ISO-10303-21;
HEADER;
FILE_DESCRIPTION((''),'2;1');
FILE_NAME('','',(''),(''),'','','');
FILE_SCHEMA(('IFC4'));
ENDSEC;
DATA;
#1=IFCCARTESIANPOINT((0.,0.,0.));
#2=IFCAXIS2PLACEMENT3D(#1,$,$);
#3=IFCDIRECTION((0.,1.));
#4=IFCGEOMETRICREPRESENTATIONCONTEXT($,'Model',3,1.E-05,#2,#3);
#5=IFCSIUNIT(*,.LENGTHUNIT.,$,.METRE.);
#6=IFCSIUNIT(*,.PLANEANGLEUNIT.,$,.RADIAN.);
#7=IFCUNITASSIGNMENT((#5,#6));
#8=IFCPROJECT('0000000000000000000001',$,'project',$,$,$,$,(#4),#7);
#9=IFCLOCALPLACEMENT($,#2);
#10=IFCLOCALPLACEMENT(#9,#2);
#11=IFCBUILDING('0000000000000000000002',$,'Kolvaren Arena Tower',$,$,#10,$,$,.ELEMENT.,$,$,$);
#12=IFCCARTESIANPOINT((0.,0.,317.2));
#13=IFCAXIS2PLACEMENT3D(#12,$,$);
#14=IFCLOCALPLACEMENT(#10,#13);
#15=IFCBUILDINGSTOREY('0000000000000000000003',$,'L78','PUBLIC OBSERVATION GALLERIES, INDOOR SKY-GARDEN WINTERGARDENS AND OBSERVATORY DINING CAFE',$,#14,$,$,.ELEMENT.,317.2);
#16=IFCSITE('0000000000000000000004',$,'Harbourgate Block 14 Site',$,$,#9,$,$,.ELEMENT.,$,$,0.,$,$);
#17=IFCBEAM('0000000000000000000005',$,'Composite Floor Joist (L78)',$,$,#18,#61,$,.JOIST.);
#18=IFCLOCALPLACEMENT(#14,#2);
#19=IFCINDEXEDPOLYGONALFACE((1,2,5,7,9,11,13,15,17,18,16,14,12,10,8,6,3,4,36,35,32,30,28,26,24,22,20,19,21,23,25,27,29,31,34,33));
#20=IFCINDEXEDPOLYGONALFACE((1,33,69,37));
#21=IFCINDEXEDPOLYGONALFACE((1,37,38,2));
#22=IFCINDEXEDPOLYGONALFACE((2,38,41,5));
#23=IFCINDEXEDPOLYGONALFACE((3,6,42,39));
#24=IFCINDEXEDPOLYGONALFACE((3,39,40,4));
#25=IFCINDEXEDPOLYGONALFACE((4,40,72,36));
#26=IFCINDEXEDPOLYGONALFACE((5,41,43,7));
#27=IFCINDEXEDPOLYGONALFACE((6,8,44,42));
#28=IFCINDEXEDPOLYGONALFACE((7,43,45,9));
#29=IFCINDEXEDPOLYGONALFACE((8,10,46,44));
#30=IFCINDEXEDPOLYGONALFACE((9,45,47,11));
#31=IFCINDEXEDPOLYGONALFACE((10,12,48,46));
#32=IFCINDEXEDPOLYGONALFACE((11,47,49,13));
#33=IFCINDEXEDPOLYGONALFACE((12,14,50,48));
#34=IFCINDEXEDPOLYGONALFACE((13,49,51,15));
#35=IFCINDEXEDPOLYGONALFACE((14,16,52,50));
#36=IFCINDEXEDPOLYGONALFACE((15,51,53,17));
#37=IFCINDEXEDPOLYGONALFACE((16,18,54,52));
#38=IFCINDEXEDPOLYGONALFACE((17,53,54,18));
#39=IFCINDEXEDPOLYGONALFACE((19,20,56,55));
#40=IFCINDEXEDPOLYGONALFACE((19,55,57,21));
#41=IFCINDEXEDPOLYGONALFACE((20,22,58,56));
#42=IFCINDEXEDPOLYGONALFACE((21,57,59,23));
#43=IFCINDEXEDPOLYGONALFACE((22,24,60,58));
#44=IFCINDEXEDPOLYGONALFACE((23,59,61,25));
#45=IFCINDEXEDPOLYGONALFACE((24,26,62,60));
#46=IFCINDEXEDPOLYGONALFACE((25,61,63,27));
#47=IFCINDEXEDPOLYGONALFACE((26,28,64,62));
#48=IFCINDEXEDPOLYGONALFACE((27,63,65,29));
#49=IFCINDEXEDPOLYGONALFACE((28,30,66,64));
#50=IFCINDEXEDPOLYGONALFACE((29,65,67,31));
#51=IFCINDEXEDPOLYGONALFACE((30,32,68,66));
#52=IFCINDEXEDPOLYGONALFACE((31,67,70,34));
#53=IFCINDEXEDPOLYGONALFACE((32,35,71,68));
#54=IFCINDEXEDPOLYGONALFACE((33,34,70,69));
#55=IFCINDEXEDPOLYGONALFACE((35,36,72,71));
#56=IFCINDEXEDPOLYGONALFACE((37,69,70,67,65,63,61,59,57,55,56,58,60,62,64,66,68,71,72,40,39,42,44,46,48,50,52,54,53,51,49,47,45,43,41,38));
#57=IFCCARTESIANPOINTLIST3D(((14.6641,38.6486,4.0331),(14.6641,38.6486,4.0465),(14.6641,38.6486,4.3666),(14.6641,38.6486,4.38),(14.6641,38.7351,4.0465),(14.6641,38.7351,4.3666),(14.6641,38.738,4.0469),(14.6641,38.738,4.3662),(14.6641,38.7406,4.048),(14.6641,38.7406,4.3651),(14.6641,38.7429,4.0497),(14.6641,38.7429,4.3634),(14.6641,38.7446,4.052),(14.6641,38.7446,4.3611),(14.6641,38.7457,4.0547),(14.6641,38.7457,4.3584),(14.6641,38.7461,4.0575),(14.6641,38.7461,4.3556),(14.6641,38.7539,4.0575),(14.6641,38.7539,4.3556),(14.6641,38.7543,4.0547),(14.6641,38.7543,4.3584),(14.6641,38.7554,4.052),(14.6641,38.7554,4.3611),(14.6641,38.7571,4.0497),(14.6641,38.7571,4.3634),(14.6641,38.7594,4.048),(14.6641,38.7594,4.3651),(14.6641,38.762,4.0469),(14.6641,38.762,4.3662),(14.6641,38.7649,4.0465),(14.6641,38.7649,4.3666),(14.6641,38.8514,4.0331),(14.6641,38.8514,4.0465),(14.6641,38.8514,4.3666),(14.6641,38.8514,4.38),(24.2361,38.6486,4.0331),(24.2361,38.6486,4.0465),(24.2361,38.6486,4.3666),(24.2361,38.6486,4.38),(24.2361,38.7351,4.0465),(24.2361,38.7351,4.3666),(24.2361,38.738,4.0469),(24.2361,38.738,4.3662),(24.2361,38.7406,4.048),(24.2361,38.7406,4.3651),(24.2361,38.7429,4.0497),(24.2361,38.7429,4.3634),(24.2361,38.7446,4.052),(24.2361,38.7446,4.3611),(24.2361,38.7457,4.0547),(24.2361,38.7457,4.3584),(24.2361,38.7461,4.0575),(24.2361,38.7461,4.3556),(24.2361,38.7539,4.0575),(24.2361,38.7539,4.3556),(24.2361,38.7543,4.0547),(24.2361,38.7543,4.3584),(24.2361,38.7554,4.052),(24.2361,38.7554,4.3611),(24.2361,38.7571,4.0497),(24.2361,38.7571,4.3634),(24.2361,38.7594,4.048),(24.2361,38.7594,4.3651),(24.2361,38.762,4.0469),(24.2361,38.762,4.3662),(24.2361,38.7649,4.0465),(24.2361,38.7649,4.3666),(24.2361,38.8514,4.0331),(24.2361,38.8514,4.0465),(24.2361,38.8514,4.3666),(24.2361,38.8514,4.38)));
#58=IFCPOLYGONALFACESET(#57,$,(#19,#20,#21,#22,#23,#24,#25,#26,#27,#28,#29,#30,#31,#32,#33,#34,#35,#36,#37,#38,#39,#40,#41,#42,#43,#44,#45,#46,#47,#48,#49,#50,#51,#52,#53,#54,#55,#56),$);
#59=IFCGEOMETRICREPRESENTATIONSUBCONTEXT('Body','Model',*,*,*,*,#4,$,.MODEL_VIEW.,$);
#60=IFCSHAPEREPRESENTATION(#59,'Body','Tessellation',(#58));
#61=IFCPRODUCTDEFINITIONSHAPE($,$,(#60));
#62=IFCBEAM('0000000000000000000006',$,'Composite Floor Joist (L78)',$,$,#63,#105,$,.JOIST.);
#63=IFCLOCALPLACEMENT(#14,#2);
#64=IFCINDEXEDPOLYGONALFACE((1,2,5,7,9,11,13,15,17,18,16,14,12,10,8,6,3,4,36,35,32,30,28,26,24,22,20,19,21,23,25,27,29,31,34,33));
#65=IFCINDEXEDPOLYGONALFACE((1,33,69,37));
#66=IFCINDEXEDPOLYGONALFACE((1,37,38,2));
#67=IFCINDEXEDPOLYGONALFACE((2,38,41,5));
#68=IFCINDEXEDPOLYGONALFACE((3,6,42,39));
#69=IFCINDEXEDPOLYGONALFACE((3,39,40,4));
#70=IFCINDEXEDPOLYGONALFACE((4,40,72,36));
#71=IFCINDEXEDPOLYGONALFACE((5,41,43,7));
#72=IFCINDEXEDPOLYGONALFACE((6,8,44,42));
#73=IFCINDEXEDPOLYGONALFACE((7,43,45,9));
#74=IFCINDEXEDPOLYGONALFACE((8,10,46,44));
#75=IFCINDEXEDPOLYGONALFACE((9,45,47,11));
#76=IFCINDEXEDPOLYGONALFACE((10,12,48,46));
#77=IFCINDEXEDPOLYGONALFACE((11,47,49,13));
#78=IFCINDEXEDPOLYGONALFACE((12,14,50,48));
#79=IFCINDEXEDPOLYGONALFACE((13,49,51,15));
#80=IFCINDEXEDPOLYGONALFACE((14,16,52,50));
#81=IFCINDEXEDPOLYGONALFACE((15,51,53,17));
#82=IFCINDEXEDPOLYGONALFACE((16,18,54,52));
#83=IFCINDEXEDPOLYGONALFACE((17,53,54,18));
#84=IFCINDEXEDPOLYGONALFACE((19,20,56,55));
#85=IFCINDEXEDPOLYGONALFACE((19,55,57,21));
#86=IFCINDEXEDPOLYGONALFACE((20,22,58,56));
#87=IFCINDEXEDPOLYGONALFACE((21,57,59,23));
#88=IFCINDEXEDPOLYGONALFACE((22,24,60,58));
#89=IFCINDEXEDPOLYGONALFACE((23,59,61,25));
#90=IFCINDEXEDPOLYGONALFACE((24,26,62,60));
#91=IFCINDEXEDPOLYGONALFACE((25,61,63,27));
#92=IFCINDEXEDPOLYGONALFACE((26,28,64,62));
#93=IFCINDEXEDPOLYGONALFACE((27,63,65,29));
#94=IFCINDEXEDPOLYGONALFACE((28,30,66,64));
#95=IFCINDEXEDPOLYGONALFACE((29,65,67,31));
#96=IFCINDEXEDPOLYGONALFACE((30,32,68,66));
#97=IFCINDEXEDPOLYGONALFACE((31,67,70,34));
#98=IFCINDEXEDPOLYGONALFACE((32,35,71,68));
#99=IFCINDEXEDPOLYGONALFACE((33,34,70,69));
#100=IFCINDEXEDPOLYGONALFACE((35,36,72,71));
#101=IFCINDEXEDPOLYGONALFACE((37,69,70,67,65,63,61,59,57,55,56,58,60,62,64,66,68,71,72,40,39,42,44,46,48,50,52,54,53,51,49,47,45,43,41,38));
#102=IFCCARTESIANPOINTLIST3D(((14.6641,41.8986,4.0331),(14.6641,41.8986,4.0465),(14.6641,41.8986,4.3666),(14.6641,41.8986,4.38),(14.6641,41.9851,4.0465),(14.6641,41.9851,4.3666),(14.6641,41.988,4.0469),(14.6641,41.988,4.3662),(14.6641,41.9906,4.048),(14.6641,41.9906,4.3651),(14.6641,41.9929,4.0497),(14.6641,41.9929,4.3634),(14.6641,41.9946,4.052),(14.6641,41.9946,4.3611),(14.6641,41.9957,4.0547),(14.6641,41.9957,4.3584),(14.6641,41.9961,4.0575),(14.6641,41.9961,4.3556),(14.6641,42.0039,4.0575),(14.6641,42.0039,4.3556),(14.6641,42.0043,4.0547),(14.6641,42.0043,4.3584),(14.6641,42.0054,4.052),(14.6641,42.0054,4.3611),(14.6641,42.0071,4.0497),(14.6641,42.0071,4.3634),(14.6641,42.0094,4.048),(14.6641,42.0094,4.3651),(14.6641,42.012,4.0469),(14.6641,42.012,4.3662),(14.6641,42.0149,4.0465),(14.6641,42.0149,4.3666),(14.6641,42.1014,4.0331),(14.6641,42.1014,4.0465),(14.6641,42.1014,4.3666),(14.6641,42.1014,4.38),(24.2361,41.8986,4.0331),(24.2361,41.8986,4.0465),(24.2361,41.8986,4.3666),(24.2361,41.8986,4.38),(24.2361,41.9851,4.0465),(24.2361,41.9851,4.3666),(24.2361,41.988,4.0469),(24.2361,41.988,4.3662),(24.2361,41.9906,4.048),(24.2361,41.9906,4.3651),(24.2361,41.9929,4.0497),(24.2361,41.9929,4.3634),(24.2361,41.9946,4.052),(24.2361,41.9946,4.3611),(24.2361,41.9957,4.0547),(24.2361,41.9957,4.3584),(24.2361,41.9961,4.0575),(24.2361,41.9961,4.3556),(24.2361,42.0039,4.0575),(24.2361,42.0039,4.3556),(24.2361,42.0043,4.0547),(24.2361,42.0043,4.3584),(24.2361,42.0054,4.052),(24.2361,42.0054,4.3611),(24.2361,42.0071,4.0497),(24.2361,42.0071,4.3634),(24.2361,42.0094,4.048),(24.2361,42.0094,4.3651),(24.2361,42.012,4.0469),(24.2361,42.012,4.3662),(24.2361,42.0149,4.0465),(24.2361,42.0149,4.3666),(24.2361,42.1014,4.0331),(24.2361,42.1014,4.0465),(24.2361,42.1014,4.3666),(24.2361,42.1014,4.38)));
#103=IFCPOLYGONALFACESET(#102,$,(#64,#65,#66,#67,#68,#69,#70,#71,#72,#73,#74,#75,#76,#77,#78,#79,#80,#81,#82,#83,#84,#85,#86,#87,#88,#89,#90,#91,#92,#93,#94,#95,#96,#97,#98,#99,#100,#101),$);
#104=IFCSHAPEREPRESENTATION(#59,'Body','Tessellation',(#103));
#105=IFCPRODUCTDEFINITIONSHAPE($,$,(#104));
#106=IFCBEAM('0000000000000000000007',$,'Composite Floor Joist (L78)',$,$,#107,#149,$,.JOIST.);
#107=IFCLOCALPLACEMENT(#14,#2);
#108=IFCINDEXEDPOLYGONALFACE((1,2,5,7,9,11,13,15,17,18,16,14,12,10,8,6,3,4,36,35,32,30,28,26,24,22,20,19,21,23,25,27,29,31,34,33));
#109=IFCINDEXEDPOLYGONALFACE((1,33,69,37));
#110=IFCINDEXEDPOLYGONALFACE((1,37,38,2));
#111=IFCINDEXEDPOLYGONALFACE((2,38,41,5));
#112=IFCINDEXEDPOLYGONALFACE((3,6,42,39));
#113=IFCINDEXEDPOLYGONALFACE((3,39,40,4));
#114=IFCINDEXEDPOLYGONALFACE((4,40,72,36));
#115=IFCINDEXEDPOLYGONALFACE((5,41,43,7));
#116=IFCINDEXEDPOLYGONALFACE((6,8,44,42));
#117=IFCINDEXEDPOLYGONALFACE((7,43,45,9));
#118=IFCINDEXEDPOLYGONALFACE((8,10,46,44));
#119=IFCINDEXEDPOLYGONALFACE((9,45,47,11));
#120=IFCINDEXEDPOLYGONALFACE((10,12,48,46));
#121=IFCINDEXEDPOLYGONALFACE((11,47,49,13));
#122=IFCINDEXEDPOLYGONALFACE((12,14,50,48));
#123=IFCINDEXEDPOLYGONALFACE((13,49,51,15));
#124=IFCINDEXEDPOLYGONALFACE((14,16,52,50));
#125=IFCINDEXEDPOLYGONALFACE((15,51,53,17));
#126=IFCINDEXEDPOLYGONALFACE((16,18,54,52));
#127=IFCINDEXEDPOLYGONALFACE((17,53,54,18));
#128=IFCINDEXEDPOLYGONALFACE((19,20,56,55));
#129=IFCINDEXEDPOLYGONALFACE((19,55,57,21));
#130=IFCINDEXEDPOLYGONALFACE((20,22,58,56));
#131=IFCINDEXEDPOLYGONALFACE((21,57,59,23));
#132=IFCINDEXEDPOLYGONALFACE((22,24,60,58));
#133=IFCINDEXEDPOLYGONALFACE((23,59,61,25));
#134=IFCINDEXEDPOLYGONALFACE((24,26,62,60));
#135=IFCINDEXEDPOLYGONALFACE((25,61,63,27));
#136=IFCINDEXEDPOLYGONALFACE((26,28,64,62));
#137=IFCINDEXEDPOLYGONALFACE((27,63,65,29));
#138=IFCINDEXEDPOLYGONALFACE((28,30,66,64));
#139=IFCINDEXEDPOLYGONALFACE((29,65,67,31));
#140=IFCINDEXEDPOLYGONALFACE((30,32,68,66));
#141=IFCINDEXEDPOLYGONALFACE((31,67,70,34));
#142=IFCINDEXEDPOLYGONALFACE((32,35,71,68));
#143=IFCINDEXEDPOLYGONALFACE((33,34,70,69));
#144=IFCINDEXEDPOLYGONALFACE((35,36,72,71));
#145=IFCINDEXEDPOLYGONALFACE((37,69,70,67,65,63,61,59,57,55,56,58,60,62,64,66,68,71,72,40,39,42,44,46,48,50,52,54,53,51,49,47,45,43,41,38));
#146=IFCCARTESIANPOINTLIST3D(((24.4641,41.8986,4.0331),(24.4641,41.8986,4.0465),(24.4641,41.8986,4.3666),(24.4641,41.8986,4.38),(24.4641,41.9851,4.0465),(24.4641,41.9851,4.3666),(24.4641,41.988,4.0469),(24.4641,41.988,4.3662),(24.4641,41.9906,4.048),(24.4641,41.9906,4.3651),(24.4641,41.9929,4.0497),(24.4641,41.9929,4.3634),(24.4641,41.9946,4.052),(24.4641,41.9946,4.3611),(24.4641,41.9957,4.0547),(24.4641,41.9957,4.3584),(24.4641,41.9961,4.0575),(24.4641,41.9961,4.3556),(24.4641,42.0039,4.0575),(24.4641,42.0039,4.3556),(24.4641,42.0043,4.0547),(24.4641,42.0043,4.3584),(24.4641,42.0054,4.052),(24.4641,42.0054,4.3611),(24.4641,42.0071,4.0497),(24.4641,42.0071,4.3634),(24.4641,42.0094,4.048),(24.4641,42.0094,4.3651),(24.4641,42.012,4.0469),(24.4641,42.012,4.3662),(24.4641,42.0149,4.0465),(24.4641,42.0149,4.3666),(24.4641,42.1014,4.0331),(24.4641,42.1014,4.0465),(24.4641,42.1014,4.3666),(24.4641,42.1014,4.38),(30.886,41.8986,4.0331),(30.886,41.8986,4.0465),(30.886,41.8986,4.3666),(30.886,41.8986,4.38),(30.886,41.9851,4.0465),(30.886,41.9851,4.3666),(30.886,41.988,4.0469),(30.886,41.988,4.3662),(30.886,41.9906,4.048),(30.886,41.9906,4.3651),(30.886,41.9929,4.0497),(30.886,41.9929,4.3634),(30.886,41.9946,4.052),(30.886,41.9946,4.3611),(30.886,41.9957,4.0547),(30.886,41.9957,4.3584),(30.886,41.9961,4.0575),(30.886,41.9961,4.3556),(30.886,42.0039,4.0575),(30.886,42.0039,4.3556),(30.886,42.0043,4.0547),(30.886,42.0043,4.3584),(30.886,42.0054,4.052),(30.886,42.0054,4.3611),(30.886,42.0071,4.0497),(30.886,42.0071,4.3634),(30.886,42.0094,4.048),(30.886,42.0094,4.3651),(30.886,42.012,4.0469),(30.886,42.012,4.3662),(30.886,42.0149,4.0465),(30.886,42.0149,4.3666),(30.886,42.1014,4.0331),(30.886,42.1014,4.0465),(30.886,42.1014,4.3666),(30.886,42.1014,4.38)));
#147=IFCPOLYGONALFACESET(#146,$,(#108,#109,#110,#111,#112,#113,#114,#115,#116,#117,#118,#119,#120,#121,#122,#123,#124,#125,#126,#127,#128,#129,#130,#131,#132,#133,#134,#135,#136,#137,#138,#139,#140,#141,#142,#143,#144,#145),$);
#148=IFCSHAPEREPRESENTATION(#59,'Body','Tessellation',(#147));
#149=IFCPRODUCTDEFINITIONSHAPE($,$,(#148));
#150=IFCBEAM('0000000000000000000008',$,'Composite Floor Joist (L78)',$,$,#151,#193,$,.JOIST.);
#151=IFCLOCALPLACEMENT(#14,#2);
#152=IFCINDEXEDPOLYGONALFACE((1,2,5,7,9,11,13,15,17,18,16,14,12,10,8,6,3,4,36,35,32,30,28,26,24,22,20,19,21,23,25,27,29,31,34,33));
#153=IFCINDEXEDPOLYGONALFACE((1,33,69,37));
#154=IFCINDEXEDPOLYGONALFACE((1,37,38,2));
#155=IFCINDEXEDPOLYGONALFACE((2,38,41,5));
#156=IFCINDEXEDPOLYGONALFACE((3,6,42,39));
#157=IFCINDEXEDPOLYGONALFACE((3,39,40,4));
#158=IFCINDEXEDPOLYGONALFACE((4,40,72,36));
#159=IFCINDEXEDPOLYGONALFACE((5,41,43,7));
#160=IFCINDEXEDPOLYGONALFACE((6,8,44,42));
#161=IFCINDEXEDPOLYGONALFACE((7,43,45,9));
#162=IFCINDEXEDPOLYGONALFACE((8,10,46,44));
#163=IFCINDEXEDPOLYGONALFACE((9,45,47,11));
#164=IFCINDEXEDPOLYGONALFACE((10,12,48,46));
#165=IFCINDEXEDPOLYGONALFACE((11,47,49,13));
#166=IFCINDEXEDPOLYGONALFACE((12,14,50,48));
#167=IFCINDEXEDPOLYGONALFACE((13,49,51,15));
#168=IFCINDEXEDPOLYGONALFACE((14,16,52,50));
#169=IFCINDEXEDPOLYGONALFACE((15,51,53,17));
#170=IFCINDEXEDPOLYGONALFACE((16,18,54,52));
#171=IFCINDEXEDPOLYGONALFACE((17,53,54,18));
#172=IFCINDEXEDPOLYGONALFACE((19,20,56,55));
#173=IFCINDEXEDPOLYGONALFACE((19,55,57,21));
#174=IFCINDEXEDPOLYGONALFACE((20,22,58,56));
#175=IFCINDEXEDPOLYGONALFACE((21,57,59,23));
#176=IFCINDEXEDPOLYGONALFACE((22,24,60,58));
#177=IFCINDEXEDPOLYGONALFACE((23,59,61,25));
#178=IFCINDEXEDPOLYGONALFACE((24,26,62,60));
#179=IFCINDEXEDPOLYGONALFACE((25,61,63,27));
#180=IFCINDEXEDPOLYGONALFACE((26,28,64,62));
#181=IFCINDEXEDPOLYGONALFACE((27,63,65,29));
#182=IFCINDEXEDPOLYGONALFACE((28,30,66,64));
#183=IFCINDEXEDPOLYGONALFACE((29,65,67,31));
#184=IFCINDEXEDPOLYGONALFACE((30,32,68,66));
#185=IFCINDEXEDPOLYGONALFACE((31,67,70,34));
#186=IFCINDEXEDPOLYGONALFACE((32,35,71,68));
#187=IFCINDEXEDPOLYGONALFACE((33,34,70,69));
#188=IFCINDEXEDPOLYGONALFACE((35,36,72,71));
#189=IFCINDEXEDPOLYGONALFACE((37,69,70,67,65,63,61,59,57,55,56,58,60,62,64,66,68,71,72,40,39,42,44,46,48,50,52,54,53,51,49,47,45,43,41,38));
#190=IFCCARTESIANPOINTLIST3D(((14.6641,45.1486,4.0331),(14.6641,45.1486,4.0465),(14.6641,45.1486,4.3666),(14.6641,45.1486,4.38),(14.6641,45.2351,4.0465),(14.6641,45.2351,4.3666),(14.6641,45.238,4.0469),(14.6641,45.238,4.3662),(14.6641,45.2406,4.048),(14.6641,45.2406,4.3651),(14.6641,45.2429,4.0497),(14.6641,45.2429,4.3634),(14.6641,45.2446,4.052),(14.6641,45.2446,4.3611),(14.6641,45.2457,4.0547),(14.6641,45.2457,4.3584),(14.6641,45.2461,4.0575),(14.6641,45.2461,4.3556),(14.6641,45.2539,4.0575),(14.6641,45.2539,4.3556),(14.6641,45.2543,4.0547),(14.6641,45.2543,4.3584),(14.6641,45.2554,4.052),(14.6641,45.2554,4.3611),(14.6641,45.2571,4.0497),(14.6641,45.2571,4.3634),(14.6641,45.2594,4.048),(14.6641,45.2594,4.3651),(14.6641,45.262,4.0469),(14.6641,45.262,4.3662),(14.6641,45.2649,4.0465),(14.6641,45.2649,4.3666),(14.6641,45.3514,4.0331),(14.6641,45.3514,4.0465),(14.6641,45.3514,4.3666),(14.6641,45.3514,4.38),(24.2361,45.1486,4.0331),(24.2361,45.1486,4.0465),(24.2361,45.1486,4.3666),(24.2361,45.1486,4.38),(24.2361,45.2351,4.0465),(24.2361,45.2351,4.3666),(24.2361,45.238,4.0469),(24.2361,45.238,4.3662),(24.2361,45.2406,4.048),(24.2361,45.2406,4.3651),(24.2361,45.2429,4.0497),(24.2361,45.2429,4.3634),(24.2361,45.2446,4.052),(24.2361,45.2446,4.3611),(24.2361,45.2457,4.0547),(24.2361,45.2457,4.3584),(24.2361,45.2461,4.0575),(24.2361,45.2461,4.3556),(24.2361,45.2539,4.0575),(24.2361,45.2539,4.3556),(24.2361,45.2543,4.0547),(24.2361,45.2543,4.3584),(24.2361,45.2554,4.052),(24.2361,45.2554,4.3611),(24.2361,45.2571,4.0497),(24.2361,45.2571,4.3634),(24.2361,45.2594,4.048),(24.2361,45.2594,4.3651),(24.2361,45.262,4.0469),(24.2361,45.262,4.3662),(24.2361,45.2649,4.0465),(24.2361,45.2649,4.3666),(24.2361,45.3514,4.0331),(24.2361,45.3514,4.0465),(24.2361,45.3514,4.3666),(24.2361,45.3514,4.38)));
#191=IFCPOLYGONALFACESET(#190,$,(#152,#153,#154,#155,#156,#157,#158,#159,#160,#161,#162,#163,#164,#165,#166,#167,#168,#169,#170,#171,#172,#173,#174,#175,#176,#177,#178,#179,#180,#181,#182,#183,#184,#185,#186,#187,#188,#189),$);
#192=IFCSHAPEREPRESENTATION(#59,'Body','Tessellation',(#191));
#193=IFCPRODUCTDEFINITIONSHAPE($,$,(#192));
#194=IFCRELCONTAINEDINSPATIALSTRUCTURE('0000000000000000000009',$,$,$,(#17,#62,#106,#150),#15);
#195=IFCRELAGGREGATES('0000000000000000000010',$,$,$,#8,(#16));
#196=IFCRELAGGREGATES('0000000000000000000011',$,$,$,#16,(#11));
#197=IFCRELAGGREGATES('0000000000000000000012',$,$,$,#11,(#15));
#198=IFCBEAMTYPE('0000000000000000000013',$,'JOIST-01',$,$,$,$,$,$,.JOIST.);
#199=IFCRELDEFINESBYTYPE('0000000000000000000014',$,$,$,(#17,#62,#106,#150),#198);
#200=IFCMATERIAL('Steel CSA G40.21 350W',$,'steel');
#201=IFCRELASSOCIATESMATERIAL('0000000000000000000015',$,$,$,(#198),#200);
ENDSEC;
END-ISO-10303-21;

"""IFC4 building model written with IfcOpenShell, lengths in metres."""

from ifc_helpers import new_model, si_unit, direction, frame, origin, origin_2d, place, context, subcontext, project, spatial, i_section, extrude, material, material_profile, profile_set, type_object, element, save


model = new_model("IFC4")

# Units and contexts
model_context = context("Model", 3, precision=1e-05, world=origin(), true_north=direction((0.0, 1.0)))
body_context = subcontext(model_context, "Body", "Model", "MODEL_VIEW")
ifc_project = project(units=[si_unit("LENGTHUNIT", "METRE"), si_unit("PLANEANGLEUNIT", "RADIAN")], contexts=[model_context])

# Site, building, storey
site_placement = place(None, origin())
site = spatial("IfcSite", under=ifc_project, at=site_placement, Name="Harbourgate Block 14 Site", CompositionType="ELEMENT", RefElevation=0.0)
building_placement = place(site_placement, origin())
building = spatial("IfcBuilding", under=site, at=building_placement, Name="Kolvaren Arena Tower", CompositionType="ELEMENT")
storey_placement = place(building_placement, frame((0.0, 0.0, 317.2)))
storey = spatial("IfcBuildingStorey", under=building, at=storey_placement, Name="L78", Description="PUBLIC OBSERVATION GALLERIES, INDOOR SKY-GARDEN WINTERGARDENS AND OBSERVATORY DINING CAFE", CompositionType="ELEMENT", Elevation=317.2)

# Beams
ifc_material_1 = material(Name="Steel CSA G40.21 350W", Category="steel")
ifc_material_profile_1 = material_profile(ifc_material_1, i_section(OverallWidth=0.2029, OverallDepth=0.3469, WebThickness=0.0078, FlangeThickness=0.0134, FilletRadius=0.011, at=origin_2d()), Name="W360x64")
ifc_profile_set_1 = profile_set([ifc_material_profile_1], Name="Steel CSA G40.21 350W")
beam_type_1 = type_object("IfcBeamType", Name="JOIST-01", PredefinedType="JOIST", material=ifc_profile_set_1)
for number, where, z_axis, x_axis, name in (
    (1, (14.6641, 38.75, 4.2065), (1.0, 0.0, 0.0), (0.0, 1.0, 0.0), "Composite Floor Joist (L78)"),
    (2, (14.6641, 42.0, 4.2065), (1.0, 0.0, 0.0), (0.0, 1.0, 0.0), "Composite Floor Joist (L78)"),
):
    element("IfcBeam", number, at=place(storey_placement, frame(where, z_axis=z_axis, x_axis=x_axis)), inside=storey, type_object=beam_type_1, Name=name, PredefinedType="JOIST", context=body_context, shape_type="SweptSolid", body=[
        extrude(i_section(OverallWidth=0.2029, OverallDepth=0.3469, WebThickness=0.0078, FlangeThickness=0.0134, FilletRadius=0.011, at=origin_2d()), origin(), (0.0, 0.0, 1.0), 9.572),
    ])
beam_1_placement = place(storey_placement, frame((24.4641, 42.0, 4.2065), z_axis=(1.0, 0.0, 0.0), x_axis=(0.0, 1.0, 0.0)))
element("IfcBeam", 3, at=beam_1_placement, inside=storey, type_object=beam_type_1, Name="Composite Floor Joist (L78)", PredefinedType="JOIST", context=body_context, shape_type="SweptSolid", body=[
    extrude(i_section(OverallWidth=0.2029, OverallDepth=0.3469, WebThickness=0.0078, FlangeThickness=0.0134, FilletRadius=0.011, at=origin_2d()), origin(), (0.0, 0.0, 1.0), 6.4219),
])
beam_2_placement = place(storey_placement, frame((14.6641, 45.25, 4.2065), z_axis=(1.0, 0.0, 0.0), x_axis=(0.0, 1.0, 0.0)))
element("IfcBeam", 4, at=beam_2_placement, inside=storey, type_object=beam_type_1, Name="Composite Floor Joist (L78)", PredefinedType="JOIST", context=body_context, shape_type="SweptSolid", body=[
    extrude(i_section(OverallWidth=0.2029, OverallDepth=0.3469, WebThickness=0.0078, FlangeThickness=0.0134, FilletRadius=0.011, at=origin_2d()), origin(), (0.0, 0.0, 1.0), 9.572),
])

save(model, "model.ifc")
